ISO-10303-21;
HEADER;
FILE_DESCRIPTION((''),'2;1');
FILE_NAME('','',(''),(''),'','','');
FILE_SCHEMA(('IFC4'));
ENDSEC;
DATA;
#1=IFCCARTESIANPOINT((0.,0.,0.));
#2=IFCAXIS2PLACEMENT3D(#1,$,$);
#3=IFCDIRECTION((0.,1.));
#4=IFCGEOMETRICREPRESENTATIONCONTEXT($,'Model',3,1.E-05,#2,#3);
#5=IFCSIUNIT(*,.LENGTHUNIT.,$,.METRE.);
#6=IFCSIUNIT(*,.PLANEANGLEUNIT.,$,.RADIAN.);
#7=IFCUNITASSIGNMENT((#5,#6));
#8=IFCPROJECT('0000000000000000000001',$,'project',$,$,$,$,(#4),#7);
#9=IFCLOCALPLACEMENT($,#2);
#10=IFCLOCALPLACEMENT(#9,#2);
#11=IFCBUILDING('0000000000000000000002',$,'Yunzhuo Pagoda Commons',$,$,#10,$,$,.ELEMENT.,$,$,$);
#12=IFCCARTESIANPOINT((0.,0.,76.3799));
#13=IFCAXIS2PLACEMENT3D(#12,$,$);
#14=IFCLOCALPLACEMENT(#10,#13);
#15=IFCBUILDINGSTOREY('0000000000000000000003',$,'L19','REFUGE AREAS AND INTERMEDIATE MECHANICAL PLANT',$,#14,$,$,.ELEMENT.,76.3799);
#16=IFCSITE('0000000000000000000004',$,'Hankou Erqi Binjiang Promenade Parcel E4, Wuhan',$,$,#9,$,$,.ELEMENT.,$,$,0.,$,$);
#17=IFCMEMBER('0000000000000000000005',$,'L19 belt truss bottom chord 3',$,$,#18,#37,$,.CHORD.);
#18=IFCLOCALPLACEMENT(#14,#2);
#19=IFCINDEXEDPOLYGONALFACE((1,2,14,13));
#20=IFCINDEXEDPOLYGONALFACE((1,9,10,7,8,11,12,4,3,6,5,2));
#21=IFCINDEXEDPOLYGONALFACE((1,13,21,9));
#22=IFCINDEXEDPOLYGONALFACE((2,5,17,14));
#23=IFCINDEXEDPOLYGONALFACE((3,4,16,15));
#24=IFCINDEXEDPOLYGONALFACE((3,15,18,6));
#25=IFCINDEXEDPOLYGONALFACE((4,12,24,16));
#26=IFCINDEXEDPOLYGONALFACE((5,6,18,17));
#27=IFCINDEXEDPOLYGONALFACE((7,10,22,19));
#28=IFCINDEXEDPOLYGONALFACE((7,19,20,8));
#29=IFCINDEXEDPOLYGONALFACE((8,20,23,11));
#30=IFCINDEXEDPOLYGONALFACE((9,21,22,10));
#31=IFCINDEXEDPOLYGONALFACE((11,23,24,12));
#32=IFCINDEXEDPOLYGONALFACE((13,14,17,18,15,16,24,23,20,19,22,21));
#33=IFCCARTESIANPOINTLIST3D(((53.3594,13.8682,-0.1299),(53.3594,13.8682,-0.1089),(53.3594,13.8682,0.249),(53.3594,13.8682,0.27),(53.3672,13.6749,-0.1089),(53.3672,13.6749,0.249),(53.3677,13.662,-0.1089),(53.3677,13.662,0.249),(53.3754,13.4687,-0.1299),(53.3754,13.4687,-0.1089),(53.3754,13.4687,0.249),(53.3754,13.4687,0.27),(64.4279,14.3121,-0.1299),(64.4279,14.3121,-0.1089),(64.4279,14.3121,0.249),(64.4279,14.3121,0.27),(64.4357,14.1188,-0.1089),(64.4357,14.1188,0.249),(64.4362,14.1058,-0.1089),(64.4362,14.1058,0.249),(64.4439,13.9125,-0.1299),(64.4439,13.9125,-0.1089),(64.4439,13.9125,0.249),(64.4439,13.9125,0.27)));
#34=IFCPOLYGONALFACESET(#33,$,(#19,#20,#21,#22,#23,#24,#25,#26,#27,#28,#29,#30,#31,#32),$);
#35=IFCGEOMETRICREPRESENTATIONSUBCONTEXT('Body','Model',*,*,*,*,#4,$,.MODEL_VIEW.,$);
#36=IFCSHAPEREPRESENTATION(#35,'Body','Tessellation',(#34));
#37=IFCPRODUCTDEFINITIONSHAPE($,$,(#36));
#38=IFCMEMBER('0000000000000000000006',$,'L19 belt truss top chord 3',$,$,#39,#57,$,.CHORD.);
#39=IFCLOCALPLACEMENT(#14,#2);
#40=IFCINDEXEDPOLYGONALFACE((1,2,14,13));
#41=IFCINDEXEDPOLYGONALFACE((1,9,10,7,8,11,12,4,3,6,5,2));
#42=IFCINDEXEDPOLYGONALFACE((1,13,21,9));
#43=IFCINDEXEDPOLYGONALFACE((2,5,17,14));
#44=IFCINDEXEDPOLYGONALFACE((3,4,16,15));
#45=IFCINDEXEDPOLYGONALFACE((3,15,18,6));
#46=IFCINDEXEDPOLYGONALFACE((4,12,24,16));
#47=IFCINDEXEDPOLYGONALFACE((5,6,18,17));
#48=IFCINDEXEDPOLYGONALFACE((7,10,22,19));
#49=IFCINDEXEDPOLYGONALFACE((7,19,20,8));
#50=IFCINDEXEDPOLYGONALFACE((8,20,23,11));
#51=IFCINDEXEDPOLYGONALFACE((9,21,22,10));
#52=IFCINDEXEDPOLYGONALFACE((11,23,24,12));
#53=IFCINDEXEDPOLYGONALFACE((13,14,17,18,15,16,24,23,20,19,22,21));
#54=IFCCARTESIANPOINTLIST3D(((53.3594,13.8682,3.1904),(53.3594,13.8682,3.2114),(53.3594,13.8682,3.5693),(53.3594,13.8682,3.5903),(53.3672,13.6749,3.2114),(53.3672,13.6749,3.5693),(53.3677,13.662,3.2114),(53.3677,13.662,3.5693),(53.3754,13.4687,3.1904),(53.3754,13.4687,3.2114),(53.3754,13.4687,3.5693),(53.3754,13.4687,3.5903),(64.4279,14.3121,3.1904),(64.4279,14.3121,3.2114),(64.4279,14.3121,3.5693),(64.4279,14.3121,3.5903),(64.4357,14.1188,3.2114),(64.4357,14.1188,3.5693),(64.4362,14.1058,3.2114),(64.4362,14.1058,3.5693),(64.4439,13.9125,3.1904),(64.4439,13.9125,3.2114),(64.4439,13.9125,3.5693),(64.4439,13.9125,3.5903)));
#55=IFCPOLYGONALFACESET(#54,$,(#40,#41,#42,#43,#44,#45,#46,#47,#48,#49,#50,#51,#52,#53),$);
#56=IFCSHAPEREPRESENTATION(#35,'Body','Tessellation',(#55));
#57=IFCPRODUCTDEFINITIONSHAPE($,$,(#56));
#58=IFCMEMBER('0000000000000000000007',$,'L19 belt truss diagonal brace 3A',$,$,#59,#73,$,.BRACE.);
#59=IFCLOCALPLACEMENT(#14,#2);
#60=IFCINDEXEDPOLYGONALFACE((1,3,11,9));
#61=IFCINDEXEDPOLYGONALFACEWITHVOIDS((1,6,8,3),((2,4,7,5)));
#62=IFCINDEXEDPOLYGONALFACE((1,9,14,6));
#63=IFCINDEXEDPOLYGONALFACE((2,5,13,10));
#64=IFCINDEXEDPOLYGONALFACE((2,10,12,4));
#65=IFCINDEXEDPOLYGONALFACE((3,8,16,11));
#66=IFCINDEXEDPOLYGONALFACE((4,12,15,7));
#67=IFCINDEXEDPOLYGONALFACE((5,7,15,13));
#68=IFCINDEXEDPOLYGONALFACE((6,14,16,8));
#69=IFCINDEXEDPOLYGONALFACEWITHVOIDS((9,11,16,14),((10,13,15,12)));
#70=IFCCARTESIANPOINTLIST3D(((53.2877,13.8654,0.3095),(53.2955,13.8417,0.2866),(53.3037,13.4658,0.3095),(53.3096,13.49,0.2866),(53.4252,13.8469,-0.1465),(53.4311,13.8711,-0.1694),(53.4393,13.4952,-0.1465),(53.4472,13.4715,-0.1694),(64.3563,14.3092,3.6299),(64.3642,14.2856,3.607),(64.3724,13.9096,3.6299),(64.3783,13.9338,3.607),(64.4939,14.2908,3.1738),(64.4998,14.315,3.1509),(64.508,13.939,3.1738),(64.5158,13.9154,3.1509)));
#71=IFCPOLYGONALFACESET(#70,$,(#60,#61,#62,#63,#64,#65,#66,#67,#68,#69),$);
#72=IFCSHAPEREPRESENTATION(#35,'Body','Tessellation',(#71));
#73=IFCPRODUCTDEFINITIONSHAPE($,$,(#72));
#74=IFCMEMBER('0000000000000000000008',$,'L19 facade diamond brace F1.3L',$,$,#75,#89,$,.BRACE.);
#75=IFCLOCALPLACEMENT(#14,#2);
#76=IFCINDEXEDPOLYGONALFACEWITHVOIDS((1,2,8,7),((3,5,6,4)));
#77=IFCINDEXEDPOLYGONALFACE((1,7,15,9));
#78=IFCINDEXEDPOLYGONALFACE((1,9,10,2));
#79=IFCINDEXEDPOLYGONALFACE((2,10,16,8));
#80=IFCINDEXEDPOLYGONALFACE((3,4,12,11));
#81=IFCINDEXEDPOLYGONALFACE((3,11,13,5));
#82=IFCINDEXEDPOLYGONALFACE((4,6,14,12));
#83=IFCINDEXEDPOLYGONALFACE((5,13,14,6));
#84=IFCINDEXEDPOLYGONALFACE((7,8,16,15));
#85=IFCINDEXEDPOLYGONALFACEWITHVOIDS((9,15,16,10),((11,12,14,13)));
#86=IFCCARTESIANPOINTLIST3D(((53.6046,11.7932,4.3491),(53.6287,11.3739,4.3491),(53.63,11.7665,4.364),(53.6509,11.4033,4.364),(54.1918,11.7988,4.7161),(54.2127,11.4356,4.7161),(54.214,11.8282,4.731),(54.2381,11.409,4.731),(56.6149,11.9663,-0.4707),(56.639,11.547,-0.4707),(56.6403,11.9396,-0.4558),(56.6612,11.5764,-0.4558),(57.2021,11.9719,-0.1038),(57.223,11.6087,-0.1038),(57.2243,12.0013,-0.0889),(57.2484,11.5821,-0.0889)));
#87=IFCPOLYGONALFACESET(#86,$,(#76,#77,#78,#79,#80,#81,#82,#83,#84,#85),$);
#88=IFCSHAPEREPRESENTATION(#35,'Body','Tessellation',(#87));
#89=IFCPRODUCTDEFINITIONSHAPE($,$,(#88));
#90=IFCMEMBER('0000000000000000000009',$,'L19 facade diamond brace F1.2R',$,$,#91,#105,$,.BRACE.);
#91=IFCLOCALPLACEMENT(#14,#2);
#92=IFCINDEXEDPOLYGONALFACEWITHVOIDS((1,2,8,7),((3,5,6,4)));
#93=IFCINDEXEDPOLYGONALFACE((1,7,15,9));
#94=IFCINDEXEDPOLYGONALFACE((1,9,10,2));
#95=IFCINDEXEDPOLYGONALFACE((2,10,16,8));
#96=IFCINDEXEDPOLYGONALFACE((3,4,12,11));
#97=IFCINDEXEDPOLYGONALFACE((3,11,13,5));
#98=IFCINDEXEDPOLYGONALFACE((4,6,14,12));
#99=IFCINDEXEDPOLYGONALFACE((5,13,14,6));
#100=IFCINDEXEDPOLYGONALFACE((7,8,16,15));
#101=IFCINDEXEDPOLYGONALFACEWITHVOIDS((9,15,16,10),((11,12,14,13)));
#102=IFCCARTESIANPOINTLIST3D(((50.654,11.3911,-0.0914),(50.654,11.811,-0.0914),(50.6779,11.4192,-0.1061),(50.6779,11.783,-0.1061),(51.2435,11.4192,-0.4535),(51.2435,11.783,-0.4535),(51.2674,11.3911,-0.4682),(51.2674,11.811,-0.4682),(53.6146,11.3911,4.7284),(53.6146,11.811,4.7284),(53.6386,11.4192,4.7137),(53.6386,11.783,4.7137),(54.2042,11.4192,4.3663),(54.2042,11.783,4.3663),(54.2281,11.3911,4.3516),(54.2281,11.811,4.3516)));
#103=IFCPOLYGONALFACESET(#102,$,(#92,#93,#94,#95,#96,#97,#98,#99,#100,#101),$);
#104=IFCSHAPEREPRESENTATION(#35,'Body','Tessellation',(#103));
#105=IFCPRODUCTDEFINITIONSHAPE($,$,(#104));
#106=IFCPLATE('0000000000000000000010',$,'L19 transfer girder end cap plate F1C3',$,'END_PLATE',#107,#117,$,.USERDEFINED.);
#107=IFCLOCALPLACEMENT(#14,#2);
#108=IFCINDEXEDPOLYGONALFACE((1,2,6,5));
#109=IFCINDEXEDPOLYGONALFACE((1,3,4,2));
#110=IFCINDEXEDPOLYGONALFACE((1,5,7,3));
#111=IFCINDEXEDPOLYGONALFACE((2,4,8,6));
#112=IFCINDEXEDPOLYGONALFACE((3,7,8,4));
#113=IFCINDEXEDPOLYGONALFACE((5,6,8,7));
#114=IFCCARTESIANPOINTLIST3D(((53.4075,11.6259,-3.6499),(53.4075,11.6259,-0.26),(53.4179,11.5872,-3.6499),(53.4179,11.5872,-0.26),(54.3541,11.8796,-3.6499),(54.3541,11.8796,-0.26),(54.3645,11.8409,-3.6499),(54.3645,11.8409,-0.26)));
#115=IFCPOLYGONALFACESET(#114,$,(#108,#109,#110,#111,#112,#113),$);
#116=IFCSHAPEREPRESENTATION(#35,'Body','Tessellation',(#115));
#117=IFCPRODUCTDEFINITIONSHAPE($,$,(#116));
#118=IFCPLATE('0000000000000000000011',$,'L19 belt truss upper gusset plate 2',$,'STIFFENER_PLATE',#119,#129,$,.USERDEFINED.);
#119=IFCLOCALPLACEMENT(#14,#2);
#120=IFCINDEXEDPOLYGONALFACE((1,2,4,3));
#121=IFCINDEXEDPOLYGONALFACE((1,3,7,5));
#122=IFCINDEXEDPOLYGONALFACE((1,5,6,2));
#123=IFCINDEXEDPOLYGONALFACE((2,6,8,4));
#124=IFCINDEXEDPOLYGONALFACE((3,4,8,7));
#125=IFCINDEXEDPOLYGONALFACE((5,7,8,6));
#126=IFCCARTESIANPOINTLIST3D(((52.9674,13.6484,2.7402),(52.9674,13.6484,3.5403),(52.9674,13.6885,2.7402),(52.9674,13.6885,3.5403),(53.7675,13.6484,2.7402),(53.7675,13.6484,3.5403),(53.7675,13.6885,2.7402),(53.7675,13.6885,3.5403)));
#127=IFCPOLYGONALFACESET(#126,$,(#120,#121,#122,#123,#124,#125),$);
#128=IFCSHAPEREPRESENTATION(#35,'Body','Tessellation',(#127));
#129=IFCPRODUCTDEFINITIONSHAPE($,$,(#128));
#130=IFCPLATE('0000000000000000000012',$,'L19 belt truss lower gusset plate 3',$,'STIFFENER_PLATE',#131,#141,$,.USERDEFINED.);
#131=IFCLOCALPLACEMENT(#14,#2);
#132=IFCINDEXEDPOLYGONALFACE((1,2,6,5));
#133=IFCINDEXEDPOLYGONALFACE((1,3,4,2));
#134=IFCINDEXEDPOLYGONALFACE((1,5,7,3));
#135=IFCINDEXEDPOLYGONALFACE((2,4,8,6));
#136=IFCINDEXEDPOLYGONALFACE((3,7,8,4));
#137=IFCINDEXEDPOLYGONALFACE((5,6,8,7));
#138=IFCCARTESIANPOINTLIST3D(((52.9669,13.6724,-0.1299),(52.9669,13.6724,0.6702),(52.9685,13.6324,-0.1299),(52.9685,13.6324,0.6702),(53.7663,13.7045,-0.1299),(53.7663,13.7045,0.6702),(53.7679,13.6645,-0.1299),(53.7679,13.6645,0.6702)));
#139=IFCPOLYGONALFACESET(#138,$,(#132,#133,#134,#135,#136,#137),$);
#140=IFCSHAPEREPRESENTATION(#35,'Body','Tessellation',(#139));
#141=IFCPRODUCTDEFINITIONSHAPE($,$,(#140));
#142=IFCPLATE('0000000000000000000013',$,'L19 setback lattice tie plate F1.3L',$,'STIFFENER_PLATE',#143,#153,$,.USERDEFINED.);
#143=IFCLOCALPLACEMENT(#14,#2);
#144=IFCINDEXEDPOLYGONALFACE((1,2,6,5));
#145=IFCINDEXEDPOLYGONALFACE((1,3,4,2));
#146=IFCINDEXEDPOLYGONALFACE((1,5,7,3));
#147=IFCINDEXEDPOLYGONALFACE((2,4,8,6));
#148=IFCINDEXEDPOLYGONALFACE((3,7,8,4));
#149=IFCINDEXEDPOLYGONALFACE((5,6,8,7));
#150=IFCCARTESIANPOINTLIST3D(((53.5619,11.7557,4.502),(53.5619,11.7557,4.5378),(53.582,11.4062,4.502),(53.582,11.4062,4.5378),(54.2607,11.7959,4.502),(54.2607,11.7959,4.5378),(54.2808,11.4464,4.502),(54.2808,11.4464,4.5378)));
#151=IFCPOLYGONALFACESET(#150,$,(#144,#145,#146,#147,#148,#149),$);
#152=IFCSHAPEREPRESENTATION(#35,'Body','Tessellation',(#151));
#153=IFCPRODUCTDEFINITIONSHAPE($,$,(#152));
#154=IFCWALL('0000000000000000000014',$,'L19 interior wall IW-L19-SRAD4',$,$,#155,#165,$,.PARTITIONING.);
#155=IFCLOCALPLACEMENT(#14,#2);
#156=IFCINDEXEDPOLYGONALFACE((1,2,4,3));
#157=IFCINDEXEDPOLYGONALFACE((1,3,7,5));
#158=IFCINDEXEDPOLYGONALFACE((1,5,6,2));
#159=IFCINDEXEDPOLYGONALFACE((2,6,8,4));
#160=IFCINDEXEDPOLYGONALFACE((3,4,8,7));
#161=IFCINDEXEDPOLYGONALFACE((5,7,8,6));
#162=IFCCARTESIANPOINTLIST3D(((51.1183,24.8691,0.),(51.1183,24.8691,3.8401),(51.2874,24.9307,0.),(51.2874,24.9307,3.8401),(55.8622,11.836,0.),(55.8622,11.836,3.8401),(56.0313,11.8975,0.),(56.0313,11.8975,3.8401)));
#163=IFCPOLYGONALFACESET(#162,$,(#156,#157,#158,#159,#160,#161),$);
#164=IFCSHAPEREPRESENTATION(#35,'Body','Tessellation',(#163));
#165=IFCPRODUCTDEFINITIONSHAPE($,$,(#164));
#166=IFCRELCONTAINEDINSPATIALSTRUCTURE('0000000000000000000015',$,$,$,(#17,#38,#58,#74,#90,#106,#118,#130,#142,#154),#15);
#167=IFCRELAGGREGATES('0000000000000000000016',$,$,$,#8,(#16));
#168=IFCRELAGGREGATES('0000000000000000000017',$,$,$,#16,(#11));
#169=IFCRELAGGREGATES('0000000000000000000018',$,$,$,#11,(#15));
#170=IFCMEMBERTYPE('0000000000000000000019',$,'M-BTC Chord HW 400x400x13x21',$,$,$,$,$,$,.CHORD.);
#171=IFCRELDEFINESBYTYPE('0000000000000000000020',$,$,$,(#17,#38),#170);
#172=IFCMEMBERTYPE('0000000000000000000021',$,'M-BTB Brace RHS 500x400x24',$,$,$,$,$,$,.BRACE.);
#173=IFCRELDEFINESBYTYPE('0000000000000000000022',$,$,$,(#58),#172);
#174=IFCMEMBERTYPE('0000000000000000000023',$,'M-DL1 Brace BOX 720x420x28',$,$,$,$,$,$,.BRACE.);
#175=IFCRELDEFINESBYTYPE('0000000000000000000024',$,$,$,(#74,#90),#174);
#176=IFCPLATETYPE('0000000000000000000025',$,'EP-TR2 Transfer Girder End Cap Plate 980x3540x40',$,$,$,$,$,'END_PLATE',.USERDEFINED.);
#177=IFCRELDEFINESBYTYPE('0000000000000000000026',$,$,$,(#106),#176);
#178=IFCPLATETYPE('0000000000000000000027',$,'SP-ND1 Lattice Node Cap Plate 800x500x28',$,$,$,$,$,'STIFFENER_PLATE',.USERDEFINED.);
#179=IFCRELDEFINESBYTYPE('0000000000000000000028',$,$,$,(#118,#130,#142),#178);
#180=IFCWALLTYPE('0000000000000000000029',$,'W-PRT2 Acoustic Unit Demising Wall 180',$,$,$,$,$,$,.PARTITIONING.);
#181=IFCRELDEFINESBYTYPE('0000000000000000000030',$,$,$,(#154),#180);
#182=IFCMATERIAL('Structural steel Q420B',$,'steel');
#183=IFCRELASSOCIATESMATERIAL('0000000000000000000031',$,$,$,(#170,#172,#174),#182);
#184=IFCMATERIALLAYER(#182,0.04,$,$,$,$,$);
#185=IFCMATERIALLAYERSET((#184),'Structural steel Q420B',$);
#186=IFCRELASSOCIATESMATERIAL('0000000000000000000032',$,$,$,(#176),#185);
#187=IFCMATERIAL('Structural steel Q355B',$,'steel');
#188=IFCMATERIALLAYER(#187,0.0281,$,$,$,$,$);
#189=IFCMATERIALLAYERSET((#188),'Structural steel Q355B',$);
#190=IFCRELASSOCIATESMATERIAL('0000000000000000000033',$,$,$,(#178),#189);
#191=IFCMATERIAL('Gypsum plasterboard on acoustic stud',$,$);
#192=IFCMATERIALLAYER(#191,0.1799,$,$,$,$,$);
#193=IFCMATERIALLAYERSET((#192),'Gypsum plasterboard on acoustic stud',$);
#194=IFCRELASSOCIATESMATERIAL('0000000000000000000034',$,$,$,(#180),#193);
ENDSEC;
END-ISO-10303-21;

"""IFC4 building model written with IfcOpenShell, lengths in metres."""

from ifc_helpers import new_model, si_unit, direction, frame, frame_2d, origin, origin_2d, place, context, subcontext, project, spatial, rectangle, hollow_rectangle, i_section, extrude, source, transform, mapped, material, layer, layer_set, material_profile, profile_set, type_object, element, save


model = new_model("IFC4")

# Units and contexts
model_context = context("Model", 3, precision=1e-05, world=origin(), true_north=direction((0.0, 1.0)))
body_context = subcontext(model_context, "Body", "Model", "MODEL_VIEW")
ifc_project = project(units=[si_unit("LENGTHUNIT", "METRE"), si_unit("PLANEANGLEUNIT", "RADIAN")], contexts=[model_context])

# Site, building, storey
site_placement = place(None, origin())
site = spatial("IfcSite", under=ifc_project, at=site_placement, Name="Hankou Erqi Binjiang Promenade Parcel E4, Wuhan", CompositionType="ELEMENT", RefElevation=0.0)
building_placement = place(site_placement, origin())
building = spatial("IfcBuilding", under=site, at=building_placement, Name="Yunzhuo Pagoda Commons", CompositionType="ELEMENT")
storey_placement = place(building_placement, frame((0.0, 0.0, 76.3799)))
storey = spatial("IfcBuildingStorey", under=building, at=storey_placement, Name="L19", Description="REFUGE AREAS AND INTERMEDIATE MECHANICAL PLANT", CompositionType="ELEMENT", Elevation=76.3799)

# Shared definitions
ifc_material_1 = material(Name="Structural steel Q420B", Category="steel")

# Shared definitions
ifc_material_2 = material(Name="Structural steel Q355B", Category="steel")

# Members
ifc_material_profile_1 = material_profile(ifc_material_1, i_section(OverallWidth=0.3999, OverallDepth=0.3999, WebThickness=0.0129, FlangeThickness=0.021, at=origin_2d()), Name="Structural steel Q420B")
ifc_profile_set_1 = profile_set([ifc_material_profile_1], Name="Structural steel Q420B")
member_type_1 = type_object("IfcMemberType", Name="M-BTC Chord HW 400x400x13x21", PredefinedType="CHORD", material=ifc_profile_set_1)
shared_shape_1 = source(origin(), body_context, "Body", "SweptSolid", [
    extrude(i_section(OverallWidth=0.3999, OverallDepth=0.3999, WebThickness=0.0129, FlangeThickness=0.021, at=origin_2d()), origin(), (0.0, 0.0, 1.0), 11.0774),
])
for number, where, z_axis, x_axis, name in (
    (1, (53.3674, 13.6685, 0.0701), (0.999197, 0.040067, 0.0), (-0.040067, 0.999197, 0.0), "L19 belt truss bottom chord 3"),
    (2, (53.3674, 13.6685, 3.3904), (0.999197, 0.040067, 0.0), (-0.040067, 0.999197, 0.0), "L19 belt truss top chord 3"),
):
    element("IfcMember", number, at=place(storey_placement, frame(where, z_axis=z_axis, x_axis=x_axis)), inside=storey, type_object=member_type_1, Name=name, PredefinedType="CHORD", context=body_context, shape_type="MappedRepresentation", body=[
        mapped(shared_shape_1, transform((0.0, 0.0, 0.0), scale=1.0)),
    ])
ifc_material_profile_2 = material_profile(ifc_material_1, hollow_rectangle(XDim=0.3999, YDim=0.5, WallThickness=0.0239, at=origin_2d()), Name="Structural steel Q420B")
ifc_profile_set_2 = profile_set([ifc_material_profile_2], Name="Structural steel Q420B")
member_type_2 = type_object("IfcMemberType", Name="M-BTB Brace RHS 500x400x24", PredefinedType="BRACE", material=ifc_profile_set_2)
shared_shape_2 = source(origin(), body_context, "Body", "SweptSolid", [
    extrude(hollow_rectangle(XDim=0.3999, YDim=0.5, WallThickness=0.0239, at=origin_2d()), origin(), (0.0, 0.0, 1.0), 11.5645),
])
member_1_placement = place(storey_placement, frame((53.3674, 13.6685, 0.0701), z_axis=(0.957127, 0.038381, 0.287115), x_axis=(-0.040067, 0.999197, 0.0)))
element("IfcMember", 3, at=member_1_placement, inside=storey, type_object=member_type_2, Name="L19 belt truss diagonal brace 3A", PredefinedType="BRACE", context=body_context, shape_type="MappedRepresentation", body=[
    mapped(shared_shape_2, transform((0.0, 0.0, 0.0), scale=1.0)),
])
ifc_material_profile_3 = material_profile(ifc_material_1, hollow_rectangle(XDim=0.4199, YDim=0.72, WallThickness=0.0281, at=origin_2d()), Name="Structural steel Q420B")
ifc_profile_set_3 = profile_set([ifc_material_profile_3], Name="Structural steel Q420B")
member_type_3 = type_object("IfcMemberType", Name="M-DL1 Brace BOX 720x420x28", PredefinedType="BRACE", material=ifc_profile_set_3)
shared_shape_3 = source(origin(), body_context, "Body", "SweptSolid", [
    extrude(hollow_rectangle(XDim=0.4199, YDim=0.72, WallThickness=0.0281, at=origin_2d()), origin(), (0.0, 0.0, 1.0), 5.6853),
])
member_2_placement = place(storey_placement, frame((56.9316, 11.7742, -0.2798), z_axis=(-0.529483, -0.030446, 0.847774), x_axis=(0.057407, -0.998351, 0.0)))
element("IfcMember", 4, at=member_2_placement, inside=storey, type_object=member_type_3, Name="L19 facade diamond brace F1.3L", PredefinedType="BRACE", context=body_context, shape_type="MappedRepresentation", body=[
    mapped(shared_shape_3, transform((0.0, 0.0, 0.0), scale=1.0)),
])
shared_shape_4 = source(origin(), body_context, "Body", "SweptSolid", [
    extrude(hollow_rectangle(XDim=0.4199, YDim=0.72, WallThickness=0.0281, at=origin_2d()), origin(), (0.0, 0.0, 1.0), 5.6565),
])
member_3_placement = place(storey_placement, frame((50.9607, 11.6011, -0.2798), z_axis=(0.523411, 0.0, 0.85208), x_axis=(0.0, 1.0, 0.0)))
element("IfcMember", 5, at=member_3_placement, inside=storey, type_object=member_type_3, Name="L19 facade diamond brace F1.2R", PredefinedType="BRACE", context=body_context, shape_type="MappedRepresentation", body=[
    mapped(shared_shape_4, transform((0.0, 0.0, 0.0), scale=1.0)),
])

# Plates
ifc_layer_1 = layer(ifc_material_1, 0.04)
ifc_layer_set_1 = layer_set([ifc_layer_1], Name="Structural steel Q420B")
plate_type_1 = type_object("IfcPlateType", Name="EP-TR2 Transfer Girder End Cap Plate 980x3540x40", ElementType="END_PLATE", PredefinedType="USERDEFINED", material=ifc_layer_set_1)
shared_shape_5 = source(origin(), body_context, "Body", "SweptSolid", [
    extrude(rectangle(XDim=0.98, YDim=0.04, at=origin_2d()), origin(), (0.0, 0.0, 1.0), 3.3899),
])
plate_1_placement = place(storey_placement, frame((53.886, 11.7334, -3.6499), z_axis=(0.0, 0.0, 1.0), x_axis=(0.965926, 0.258819, 0.0)))
element("IfcPlate", 6, at=plate_1_placement, inside=storey, type_object=plate_type_1, Name="L19 transfer girder end cap plate F1C3", ObjectType="END_PLATE", PredefinedType="USERDEFINED", context=body_context, shape_type="MappedRepresentation", body=[
    mapped(shared_shape_5, transform((0.0, 0.0, 0.0), scale=1.0)),
])
ifc_layer_2 = layer(ifc_material_2, 0.0281)
ifc_layer_set_2 = layer_set([ifc_layer_2], Name="Structural steel Q355B")
plate_type_2 = type_object("IfcPlateType", Name="SP-ND1 Lattice Node Cap Plate 800x500x28", ElementType="STIFFENER_PLATE", PredefinedType="USERDEFINED", material=ifc_layer_set_2)
shared_shape_6 = source(origin(), body_context, "Body", "SweptSolid", [
    extrude(rectangle(XDim=0.8, YDim=0.04, at=origin_2d()), origin(), (0.0, 0.0, 1.0), 0.8),
])
for number, where, z_axis, x_axis, name in (
    (7, (53.3674, 13.6685, 2.7402), (0.0, 0.0, 1.0), (1.0, 0.0, 0.0), "L19 belt truss upper gusset plate 2"),
    (8, (53.3674, 13.6685, -0.1299), (0.0, 0.0, 1.0), (0.999197, 0.040062, 0.0), "L19 belt truss lower gusset plate 3"),
):
    element("IfcPlate", number, at=place(storey_placement, frame(where, z_axis=z_axis, x_axis=x_axis)), inside=storey, type_object=plate_type_2, Name=name, ObjectType="STIFFENER_PLATE", PredefinedType="USERDEFINED", context=body_context, shape_type="MappedRepresentation", body=[
        mapped(shared_shape_6, transform((0.0, 0.0, 0.0), scale=1.0)),
    ])
shared_shape_7 = source(origin(), body_context, "Body", "SweptSolid", [
    extrude(rectangle(XDim=0.7, YDim=0.3501, at=origin_2d()), origin(), (0.0, 0.0, 1.0), 0.0359),
])
plate_2_placement = place(storey_placement, frame((53.9214, 11.6011, 4.502), z_axis=(0.0, 0.0, 1.0), x_axis=(0.99835, 0.057425, 0.0)))
element("IfcPlate", 9, at=plate_2_placement, inside=storey, type_object=plate_type_2, Name="L19 setback lattice tie plate F1.3L", ObjectType="STIFFENER_PLATE", PredefinedType="USERDEFINED", context=body_context, shape_type="MappedRepresentation", body=[
    mapped(shared_shape_7, transform((0.0, 0.0, 0.0), scale=1.0)),
])

# Wall
ifc_material_3 = material(Name="Gypsum plasterboard on acoustic stud")
ifc_layer_3 = layer(ifc_material_3, 0.1799)
ifc_layer_set_3 = layer_set([ifc_layer_3], Name="Gypsum plasterboard on acoustic stud")
wall_type = type_object("IfcWallType", Name="W-PRT2 Acoustic Unit Demising Wall 180", PredefinedType="PARTITIONING", material=ifc_layer_set_3)
wall_placement = place(storey_placement, frame((51.2029, 24.8999, 0.0), z_axis=(0.0, 0.0, 1.0), x_axis=(0.342033, -0.939688, 0.0)))
element("IfcWall", 10, at=wall_placement, inside=storey, type_object=wall_type, Name="L19 interior wall IW-L19-SRAD4", PredefinedType="PARTITIONING", context=body_context, shape_type="SweptSolid", body=[
    extrude(rectangle(XDim=13.8696, YDim=0.1799, at=frame_2d((6.9348, 0.0))), origin(), (0.0, 0.0, 1.0), 3.8401),
])

save(model, "model.ifc")
